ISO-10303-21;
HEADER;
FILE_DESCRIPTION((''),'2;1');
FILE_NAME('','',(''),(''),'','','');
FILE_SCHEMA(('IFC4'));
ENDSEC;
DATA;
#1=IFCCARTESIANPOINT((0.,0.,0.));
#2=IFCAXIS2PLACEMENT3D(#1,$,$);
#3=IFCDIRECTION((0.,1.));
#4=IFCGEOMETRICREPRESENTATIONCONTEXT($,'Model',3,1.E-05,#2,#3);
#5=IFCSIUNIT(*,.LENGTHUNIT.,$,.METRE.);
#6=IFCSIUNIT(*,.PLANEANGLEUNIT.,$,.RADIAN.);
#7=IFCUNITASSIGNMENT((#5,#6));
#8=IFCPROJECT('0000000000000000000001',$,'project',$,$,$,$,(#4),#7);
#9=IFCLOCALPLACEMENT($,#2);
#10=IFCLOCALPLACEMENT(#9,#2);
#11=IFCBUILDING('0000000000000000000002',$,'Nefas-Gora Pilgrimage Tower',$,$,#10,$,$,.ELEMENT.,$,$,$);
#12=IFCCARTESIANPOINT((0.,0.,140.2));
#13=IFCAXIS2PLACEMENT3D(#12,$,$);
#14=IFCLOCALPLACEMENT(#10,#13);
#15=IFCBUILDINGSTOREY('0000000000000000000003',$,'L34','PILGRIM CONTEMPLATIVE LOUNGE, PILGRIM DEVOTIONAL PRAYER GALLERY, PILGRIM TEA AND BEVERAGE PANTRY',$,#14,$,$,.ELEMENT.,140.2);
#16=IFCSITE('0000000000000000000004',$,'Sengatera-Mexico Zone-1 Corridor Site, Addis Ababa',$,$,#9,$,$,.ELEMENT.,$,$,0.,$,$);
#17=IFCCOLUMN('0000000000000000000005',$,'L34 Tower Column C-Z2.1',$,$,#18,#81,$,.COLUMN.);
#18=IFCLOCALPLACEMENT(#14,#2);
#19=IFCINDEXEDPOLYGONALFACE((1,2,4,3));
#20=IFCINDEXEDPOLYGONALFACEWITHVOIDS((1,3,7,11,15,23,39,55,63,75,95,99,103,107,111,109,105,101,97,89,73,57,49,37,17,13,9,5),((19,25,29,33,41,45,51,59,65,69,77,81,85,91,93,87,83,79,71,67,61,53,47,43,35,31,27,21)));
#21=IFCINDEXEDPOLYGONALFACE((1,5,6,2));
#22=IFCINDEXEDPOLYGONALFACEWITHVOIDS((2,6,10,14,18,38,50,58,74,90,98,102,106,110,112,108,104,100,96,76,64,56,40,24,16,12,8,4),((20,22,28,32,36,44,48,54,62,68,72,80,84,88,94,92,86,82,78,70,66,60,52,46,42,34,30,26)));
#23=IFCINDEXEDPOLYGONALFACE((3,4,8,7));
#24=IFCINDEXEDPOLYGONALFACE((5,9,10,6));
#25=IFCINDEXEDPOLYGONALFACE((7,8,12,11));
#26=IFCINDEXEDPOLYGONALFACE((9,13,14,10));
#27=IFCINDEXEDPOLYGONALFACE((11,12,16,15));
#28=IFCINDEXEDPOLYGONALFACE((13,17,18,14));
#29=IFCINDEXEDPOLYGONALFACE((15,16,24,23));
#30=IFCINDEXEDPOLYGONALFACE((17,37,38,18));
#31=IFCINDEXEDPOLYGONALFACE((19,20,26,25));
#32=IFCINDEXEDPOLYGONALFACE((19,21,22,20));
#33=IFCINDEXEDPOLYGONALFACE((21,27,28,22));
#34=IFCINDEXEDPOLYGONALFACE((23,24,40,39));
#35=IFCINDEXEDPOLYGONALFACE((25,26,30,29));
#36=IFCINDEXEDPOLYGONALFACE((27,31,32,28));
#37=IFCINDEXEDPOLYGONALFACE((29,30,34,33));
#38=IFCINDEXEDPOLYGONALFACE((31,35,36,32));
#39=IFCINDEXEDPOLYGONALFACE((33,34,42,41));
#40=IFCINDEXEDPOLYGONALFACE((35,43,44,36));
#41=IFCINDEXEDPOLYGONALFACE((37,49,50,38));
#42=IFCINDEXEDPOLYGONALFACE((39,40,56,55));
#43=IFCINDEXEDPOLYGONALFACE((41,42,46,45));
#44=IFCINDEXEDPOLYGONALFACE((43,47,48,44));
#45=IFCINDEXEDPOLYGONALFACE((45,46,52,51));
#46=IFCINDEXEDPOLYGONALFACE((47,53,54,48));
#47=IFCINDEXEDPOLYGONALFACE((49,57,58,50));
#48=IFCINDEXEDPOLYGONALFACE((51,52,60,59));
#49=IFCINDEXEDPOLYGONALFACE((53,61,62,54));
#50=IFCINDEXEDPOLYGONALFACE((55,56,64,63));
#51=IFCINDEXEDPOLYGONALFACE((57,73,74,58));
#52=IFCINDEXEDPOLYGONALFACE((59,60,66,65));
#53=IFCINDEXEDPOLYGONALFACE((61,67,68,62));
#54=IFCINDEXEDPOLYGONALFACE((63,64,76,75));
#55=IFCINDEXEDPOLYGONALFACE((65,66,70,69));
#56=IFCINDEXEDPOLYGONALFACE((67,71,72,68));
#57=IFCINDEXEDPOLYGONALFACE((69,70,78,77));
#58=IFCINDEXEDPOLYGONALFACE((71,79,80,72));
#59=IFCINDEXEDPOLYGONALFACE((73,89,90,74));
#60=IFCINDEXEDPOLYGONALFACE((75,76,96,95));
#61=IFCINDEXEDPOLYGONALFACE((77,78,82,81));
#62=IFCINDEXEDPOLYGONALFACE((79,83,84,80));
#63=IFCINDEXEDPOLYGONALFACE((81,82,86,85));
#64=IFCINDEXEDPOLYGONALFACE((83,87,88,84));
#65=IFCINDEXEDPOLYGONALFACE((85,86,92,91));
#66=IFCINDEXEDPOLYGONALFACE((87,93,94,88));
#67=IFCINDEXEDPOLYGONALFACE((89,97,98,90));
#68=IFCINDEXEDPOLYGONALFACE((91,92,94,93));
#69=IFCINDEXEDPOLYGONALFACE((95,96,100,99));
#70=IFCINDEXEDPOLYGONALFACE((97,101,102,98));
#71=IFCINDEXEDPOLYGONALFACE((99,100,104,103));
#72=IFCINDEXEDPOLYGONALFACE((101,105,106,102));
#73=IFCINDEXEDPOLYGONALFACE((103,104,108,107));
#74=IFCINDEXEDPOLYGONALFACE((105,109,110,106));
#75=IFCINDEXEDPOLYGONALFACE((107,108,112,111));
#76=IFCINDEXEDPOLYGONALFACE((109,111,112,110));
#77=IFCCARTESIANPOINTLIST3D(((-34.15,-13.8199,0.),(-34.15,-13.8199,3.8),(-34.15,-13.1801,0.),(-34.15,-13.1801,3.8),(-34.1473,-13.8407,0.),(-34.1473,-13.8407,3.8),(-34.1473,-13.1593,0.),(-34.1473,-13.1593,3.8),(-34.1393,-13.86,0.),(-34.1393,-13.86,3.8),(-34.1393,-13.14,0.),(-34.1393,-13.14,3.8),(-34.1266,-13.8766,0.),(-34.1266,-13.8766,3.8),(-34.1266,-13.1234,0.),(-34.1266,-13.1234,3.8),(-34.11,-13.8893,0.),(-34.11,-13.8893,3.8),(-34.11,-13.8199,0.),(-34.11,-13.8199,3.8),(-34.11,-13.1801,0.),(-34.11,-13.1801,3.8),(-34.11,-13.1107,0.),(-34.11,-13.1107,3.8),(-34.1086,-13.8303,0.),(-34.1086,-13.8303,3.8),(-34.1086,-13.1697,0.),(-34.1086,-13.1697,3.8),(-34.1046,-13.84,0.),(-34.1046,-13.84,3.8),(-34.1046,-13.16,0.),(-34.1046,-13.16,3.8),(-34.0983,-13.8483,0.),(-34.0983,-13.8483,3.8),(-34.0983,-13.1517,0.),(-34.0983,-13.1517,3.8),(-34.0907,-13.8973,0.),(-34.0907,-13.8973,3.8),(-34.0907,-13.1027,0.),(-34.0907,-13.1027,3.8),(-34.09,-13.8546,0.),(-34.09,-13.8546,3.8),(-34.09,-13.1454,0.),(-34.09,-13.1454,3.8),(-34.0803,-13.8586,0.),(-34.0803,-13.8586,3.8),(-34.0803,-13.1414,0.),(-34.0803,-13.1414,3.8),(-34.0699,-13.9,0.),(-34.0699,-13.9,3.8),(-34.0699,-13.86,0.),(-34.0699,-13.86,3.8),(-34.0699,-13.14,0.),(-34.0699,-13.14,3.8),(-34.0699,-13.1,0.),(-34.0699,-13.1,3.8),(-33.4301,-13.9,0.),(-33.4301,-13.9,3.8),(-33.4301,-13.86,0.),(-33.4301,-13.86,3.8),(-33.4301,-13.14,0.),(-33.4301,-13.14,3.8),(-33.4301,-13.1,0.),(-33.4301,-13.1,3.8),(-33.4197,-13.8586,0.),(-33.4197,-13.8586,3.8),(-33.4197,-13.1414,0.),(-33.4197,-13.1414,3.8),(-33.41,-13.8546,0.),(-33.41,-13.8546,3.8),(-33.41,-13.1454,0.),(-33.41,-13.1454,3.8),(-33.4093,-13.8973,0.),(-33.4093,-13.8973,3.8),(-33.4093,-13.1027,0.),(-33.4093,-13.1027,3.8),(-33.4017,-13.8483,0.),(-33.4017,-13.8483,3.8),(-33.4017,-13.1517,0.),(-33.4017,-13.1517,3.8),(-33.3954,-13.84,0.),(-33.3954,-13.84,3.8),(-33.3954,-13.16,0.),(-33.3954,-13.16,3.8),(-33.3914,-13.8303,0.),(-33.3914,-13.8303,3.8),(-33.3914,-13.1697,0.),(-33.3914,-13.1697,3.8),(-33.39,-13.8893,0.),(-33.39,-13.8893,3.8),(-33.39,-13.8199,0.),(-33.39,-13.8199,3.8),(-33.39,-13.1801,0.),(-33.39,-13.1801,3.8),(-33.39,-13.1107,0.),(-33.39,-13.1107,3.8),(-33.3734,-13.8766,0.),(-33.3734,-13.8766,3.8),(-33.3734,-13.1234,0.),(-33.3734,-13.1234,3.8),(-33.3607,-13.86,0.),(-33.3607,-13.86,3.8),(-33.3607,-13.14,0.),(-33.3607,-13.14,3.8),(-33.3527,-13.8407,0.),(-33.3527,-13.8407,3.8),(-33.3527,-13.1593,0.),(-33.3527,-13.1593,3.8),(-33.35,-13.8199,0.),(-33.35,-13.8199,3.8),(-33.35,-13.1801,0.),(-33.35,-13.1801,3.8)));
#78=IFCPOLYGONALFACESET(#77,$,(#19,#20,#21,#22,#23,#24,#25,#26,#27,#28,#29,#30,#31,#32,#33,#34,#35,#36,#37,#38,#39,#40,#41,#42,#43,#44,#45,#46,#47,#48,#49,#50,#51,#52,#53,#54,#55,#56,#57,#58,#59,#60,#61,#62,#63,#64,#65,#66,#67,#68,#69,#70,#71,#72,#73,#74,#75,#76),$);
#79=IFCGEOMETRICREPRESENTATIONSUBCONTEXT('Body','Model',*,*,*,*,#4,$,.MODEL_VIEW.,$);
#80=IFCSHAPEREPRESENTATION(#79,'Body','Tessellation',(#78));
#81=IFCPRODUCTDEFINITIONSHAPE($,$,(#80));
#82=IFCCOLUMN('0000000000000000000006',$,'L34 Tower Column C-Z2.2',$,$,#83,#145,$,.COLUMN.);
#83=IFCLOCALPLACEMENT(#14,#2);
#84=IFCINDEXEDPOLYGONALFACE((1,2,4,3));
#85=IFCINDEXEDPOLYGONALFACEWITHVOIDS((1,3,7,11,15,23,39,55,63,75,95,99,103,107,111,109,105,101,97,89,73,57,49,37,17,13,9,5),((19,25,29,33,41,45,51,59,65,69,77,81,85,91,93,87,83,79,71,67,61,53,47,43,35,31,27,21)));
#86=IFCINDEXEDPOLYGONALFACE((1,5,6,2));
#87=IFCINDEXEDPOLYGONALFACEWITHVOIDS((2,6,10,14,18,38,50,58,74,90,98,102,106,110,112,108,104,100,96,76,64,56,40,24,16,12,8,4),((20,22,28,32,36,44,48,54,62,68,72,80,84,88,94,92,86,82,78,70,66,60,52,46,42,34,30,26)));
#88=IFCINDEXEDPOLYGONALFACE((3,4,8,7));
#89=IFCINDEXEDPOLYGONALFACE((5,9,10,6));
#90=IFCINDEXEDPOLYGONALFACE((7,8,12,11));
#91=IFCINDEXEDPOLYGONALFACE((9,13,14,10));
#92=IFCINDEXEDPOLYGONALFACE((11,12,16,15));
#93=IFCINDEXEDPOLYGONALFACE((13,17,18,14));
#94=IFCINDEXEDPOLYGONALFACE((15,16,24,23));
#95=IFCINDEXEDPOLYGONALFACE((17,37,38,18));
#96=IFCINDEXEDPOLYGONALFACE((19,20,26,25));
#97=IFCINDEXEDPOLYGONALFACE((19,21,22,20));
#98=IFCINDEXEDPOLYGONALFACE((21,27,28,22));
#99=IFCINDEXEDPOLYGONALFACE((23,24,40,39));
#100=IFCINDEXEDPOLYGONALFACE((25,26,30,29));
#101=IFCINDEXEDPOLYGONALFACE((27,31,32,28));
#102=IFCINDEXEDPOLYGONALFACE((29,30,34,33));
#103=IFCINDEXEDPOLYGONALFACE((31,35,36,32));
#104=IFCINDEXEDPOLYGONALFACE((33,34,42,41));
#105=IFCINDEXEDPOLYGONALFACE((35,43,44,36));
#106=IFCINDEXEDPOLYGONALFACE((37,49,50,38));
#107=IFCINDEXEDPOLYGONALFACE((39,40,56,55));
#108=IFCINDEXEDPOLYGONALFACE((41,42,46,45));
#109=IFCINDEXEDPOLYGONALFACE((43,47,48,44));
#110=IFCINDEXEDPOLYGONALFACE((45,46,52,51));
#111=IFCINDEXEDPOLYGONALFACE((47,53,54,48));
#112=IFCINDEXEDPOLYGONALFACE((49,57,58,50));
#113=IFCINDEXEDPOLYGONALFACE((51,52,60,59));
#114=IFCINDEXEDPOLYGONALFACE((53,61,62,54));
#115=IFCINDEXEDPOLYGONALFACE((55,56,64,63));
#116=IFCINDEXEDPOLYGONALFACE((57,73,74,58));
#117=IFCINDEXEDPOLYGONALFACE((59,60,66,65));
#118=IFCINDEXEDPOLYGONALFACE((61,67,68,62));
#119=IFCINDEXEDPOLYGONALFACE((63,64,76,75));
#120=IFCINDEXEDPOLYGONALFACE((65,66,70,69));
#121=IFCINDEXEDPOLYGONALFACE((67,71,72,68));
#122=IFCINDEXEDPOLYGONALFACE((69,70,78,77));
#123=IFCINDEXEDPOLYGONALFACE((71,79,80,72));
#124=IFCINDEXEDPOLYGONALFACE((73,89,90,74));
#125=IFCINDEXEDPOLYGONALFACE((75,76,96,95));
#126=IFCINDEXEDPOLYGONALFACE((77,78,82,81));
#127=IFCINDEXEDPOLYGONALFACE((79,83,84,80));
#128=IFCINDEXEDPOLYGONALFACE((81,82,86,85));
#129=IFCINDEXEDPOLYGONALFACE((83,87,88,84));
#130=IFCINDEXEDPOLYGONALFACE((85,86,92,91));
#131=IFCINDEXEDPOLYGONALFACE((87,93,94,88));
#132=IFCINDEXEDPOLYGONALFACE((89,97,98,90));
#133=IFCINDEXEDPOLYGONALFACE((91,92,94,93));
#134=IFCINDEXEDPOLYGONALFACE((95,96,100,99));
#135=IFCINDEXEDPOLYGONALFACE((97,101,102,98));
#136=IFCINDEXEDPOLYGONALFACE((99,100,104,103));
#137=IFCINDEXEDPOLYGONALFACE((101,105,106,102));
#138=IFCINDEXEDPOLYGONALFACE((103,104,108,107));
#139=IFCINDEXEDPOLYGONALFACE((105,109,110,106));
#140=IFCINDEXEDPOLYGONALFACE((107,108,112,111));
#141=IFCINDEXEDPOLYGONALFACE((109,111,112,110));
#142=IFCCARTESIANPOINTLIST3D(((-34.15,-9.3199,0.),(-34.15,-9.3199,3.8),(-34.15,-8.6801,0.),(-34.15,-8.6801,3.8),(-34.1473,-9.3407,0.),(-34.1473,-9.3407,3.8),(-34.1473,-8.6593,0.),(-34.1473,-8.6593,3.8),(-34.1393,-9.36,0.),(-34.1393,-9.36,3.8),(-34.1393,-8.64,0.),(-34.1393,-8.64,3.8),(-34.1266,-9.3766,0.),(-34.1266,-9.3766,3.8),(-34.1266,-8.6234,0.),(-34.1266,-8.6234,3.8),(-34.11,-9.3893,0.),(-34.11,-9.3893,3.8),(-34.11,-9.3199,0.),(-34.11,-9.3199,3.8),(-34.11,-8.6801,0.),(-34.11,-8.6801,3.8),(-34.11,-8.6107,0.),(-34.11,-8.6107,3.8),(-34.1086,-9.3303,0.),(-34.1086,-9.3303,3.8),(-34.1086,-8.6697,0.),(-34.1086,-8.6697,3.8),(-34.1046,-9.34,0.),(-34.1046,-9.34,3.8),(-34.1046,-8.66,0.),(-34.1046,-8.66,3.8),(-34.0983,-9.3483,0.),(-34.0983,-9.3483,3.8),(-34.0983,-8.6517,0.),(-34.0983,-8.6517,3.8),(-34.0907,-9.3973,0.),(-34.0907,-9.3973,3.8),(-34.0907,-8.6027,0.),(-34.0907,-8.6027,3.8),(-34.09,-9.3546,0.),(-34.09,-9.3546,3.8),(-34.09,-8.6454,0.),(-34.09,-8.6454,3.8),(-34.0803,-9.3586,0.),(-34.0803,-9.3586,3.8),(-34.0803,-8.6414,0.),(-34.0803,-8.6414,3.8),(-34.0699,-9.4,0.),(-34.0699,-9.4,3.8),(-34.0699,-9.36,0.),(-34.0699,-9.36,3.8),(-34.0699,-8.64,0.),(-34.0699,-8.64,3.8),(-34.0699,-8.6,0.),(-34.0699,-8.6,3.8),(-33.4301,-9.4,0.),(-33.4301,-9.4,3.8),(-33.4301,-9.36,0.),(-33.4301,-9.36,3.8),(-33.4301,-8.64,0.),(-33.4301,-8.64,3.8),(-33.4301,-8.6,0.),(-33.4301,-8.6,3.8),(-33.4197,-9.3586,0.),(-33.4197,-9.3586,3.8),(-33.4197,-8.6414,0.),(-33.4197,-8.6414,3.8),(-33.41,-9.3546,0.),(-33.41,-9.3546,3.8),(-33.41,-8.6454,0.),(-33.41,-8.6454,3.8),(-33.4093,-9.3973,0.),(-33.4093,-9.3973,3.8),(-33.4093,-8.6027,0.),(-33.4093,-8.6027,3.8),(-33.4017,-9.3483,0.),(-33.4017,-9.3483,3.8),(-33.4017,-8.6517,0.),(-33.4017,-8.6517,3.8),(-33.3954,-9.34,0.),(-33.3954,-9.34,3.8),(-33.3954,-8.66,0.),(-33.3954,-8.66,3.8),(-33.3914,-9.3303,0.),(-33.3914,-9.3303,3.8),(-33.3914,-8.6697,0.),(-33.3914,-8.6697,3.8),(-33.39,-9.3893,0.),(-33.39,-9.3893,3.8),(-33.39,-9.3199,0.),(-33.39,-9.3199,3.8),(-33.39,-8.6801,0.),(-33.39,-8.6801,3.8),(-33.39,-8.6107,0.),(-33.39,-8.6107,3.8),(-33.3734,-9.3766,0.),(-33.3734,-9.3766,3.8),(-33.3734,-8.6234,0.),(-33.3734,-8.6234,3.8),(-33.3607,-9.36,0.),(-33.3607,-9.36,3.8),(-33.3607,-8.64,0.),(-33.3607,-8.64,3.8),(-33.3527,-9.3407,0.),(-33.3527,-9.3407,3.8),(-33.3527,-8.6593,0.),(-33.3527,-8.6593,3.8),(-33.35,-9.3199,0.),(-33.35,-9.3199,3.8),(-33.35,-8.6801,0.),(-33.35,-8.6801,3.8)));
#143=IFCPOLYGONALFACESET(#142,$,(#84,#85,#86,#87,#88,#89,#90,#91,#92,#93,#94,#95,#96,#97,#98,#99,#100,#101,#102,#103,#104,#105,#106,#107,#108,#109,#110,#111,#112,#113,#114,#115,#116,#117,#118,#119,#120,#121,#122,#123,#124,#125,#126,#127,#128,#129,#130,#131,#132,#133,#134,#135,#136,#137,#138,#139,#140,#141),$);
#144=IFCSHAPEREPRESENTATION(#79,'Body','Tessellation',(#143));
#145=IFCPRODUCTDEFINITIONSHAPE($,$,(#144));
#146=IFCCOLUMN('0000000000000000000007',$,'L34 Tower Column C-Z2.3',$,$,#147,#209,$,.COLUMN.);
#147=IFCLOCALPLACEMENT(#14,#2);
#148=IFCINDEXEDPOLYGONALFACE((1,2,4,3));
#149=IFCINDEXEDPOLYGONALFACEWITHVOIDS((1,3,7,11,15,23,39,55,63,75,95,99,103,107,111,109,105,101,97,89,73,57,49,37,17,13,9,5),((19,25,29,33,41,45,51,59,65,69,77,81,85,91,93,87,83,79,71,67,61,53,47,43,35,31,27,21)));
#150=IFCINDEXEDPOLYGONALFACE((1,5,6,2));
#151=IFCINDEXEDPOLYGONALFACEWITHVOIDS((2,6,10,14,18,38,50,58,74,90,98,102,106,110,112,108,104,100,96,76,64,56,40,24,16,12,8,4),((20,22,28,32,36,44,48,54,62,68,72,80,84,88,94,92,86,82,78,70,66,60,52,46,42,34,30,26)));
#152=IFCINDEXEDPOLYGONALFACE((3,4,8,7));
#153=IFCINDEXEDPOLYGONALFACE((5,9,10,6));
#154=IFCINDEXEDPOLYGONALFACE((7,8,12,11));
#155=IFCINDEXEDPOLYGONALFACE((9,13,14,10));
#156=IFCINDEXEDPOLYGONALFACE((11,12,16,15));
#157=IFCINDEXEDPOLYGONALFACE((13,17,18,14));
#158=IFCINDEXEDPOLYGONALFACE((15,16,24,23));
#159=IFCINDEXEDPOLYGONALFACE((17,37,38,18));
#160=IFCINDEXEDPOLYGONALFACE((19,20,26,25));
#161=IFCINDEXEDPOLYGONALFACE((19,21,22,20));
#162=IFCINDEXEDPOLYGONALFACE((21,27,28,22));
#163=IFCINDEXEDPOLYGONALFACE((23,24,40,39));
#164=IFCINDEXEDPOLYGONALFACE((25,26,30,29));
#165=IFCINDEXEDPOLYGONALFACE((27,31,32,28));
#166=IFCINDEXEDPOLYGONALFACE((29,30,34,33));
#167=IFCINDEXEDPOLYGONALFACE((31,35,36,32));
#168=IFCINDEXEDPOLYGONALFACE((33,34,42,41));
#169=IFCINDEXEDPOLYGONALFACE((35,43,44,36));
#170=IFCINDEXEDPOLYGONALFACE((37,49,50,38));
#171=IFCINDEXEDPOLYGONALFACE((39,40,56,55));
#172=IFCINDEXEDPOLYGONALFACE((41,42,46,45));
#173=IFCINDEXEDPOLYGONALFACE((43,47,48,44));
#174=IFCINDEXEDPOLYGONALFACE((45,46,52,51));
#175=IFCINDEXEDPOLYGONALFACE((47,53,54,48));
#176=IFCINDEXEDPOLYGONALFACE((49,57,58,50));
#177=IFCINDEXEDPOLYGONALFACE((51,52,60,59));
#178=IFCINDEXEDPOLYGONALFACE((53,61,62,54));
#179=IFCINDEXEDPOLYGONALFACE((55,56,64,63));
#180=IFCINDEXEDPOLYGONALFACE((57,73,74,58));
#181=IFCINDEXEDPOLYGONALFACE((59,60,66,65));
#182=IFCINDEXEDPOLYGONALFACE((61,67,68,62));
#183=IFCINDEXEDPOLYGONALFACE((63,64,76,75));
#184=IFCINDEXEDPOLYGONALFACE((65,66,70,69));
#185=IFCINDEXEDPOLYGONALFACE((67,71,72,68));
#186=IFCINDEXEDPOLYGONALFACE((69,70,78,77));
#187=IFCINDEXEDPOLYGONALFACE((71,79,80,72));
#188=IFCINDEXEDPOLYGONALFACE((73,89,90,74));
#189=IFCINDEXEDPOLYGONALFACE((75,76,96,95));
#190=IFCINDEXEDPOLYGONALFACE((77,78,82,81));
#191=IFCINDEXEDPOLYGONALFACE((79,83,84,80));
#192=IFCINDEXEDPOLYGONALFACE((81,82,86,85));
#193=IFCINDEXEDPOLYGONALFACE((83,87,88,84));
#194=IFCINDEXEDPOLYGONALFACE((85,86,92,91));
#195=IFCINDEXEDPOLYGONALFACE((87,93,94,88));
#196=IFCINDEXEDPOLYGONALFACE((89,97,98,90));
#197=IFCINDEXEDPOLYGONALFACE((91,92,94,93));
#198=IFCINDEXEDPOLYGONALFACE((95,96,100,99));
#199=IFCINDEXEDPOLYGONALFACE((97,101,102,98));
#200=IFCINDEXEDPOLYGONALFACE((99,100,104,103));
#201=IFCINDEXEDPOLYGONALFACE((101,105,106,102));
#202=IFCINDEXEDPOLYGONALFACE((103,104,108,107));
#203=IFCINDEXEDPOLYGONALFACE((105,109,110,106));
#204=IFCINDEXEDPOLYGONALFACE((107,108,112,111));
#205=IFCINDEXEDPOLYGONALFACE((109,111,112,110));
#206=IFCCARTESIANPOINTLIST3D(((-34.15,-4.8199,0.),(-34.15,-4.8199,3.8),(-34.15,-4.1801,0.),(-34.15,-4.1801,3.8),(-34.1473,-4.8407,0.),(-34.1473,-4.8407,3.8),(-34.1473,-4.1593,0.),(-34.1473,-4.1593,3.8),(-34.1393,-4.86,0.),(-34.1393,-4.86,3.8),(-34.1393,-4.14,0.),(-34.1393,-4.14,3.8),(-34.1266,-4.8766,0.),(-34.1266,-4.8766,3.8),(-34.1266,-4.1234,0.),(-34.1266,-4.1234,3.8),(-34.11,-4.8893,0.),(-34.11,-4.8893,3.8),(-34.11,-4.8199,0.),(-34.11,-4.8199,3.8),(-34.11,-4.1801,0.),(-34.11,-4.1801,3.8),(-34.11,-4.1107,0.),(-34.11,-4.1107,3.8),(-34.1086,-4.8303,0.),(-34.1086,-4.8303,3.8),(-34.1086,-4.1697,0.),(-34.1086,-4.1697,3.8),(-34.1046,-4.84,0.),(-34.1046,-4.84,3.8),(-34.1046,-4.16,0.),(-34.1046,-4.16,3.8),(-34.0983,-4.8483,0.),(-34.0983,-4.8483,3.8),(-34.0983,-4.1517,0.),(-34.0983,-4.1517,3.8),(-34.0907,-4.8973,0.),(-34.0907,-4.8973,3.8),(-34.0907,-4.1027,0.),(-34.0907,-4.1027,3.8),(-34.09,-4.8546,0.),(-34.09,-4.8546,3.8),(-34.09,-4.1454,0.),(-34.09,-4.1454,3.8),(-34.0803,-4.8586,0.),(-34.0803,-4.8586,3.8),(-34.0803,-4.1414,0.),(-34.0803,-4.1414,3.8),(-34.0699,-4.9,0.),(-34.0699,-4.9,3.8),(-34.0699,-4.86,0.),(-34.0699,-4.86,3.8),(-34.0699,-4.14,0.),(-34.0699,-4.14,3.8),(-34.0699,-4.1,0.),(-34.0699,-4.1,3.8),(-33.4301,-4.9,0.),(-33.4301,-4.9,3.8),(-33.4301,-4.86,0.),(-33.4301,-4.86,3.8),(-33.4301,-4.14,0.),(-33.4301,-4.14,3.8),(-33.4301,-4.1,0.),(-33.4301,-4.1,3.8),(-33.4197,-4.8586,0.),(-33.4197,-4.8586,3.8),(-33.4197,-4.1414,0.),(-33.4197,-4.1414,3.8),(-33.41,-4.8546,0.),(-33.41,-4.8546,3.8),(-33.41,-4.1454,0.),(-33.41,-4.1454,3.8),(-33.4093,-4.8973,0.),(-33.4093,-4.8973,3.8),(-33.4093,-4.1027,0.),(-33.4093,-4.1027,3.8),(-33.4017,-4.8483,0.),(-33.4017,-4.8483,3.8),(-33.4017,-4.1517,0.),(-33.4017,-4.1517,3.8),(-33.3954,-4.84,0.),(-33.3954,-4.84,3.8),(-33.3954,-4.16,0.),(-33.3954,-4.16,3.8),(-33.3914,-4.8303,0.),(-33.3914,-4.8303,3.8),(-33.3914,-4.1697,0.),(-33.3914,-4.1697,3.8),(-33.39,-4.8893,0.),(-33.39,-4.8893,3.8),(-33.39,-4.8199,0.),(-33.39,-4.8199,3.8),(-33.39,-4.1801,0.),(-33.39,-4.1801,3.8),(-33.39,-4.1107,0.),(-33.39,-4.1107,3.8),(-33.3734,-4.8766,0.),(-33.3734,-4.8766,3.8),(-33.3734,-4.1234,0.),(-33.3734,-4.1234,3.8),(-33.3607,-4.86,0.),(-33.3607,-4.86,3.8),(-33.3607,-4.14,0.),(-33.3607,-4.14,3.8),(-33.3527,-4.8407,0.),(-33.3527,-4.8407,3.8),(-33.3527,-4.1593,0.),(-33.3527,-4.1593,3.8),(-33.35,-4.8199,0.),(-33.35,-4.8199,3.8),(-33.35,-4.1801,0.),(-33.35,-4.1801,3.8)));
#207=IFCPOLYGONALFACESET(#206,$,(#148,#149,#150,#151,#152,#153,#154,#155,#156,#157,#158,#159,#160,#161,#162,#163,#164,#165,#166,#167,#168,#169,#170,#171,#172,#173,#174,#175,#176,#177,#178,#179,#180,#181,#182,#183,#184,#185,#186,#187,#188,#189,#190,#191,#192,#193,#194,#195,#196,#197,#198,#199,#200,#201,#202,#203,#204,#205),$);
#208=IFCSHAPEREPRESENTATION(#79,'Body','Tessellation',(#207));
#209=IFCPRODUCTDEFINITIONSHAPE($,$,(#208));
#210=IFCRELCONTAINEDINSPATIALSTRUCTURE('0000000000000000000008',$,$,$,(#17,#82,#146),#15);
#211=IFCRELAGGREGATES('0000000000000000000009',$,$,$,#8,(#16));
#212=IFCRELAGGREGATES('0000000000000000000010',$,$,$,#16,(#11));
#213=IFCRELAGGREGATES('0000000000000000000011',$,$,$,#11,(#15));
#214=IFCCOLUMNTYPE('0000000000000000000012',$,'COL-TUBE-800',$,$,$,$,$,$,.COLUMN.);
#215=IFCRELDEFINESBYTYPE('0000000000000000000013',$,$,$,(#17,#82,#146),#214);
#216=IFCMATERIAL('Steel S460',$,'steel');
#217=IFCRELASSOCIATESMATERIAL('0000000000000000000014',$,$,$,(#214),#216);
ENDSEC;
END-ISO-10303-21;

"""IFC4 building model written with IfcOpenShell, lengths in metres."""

from ifc_helpers import new_model, si_unit, direction, frame, origin, origin_2d, place, context, subcontext, project, spatial, hollow_rectangle, extrude, source, transform, mapped, material, material_profile, profile_set, type_object, element, save


model = new_model("IFC4")

# Units and contexts
model_context = context("Model", 3, precision=1e-05, world=origin(), true_north=direction((0.0, 1.0)))
body_context = subcontext(model_context, "Body", "Model", "MODEL_VIEW")
ifc_project = project(units=[si_unit("LENGTHUNIT", "METRE"), si_unit("PLANEANGLEUNIT", "RADIAN")], contexts=[model_context])

# Site, building, storey
site_placement = place(None, origin())
site = spatial("IfcSite", under=ifc_project, at=site_placement, Name="Sengatera-Mexico Zone-1 Corridor Site, Addis Ababa", CompositionType="ELEMENT", RefElevation=0.0)
building_placement = place(site_placement, origin())
building = spatial("IfcBuilding", under=site, at=building_placement, Name="Nefas-Gora Pilgrimage Tower", CompositionType="ELEMENT")
storey_placement = place(building_placement, frame((0.0, 0.0, 140.2)))
storey = spatial("IfcBuildingStorey", under=building, at=storey_placement, Name="L34", Description="PILGRIM CONTEMPLATIVE LOUNGE, PILGRIM DEVOTIONAL PRAYER GALLERY, PILGRIM TEA AND BEVERAGE PANTRY", CompositionType="ELEMENT", Elevation=140.2)

# Columns
ifc_material_1 = material(Name="Steel S460", Category="steel")
ifc_material_profile_1 = material_profile(ifc_material_1, hollow_rectangle(XDim=0.8, YDim=0.8, WallThickness=0.04, InnerFilletRadius=0.04, OuterFilletRadius=0.0801, at=origin_2d()), Name="BOX 800x800x40")
ifc_profile_set_1 = profile_set([ifc_material_profile_1], Name="Steel S460")
column_type_1 = type_object("IfcColumnType", Name="COL-TUBE-800", PredefinedType="COLUMN", material=ifc_profile_set_1)
shared_shape_1 = source(origin(), body_context, "Body", "SweptSolid", [
    extrude(hollow_rectangle(XDim=0.8, YDim=0.8, WallThickness=0.04, InnerFilletRadius=0.04, OuterFilletRadius=0.0801, at=origin_2d()), origin(), (0.0, 0.0, 1.0), 3.8),
])
for number, where, z_axis, x_axis, name in (
    (1, (-33.75, -13.5, 0.0), (0.0, 0.0, 1.0), (1.0, 0.0, 0.0), "L34 Tower Column C-Z2.1"),
    (2, (-33.75, -9.0, 0.0), (0.0, 0.0, 1.0), (1.0, 0.0, 0.0), "L34 Tower Column C-Z2.2"),
    (3, (-33.75, -4.5, 0.0), (0.0, 0.0, 1.0), (1.0, 0.0, 0.0), "L34 Tower Column C-Z2.3"),
):
    element("IfcColumn", number, at=place(storey_placement, frame(where, z_axis=z_axis, x_axis=x_axis)), inside=storey, type_object=column_type_1, Name=name, PredefinedType="COLUMN", context=body_context, shape_type="MappedRepresentation", body=[
        mapped(shared_shape_1, transform((0.0, 0.0, 0.0), x_axis=(1.0, 0.0, 0.0), y_axis=(0.0, 1.0, 0.0), z_axis=(0.0, 0.0, 1.0), scale=1.0)),
    ])

save(model, "model.ifc")
